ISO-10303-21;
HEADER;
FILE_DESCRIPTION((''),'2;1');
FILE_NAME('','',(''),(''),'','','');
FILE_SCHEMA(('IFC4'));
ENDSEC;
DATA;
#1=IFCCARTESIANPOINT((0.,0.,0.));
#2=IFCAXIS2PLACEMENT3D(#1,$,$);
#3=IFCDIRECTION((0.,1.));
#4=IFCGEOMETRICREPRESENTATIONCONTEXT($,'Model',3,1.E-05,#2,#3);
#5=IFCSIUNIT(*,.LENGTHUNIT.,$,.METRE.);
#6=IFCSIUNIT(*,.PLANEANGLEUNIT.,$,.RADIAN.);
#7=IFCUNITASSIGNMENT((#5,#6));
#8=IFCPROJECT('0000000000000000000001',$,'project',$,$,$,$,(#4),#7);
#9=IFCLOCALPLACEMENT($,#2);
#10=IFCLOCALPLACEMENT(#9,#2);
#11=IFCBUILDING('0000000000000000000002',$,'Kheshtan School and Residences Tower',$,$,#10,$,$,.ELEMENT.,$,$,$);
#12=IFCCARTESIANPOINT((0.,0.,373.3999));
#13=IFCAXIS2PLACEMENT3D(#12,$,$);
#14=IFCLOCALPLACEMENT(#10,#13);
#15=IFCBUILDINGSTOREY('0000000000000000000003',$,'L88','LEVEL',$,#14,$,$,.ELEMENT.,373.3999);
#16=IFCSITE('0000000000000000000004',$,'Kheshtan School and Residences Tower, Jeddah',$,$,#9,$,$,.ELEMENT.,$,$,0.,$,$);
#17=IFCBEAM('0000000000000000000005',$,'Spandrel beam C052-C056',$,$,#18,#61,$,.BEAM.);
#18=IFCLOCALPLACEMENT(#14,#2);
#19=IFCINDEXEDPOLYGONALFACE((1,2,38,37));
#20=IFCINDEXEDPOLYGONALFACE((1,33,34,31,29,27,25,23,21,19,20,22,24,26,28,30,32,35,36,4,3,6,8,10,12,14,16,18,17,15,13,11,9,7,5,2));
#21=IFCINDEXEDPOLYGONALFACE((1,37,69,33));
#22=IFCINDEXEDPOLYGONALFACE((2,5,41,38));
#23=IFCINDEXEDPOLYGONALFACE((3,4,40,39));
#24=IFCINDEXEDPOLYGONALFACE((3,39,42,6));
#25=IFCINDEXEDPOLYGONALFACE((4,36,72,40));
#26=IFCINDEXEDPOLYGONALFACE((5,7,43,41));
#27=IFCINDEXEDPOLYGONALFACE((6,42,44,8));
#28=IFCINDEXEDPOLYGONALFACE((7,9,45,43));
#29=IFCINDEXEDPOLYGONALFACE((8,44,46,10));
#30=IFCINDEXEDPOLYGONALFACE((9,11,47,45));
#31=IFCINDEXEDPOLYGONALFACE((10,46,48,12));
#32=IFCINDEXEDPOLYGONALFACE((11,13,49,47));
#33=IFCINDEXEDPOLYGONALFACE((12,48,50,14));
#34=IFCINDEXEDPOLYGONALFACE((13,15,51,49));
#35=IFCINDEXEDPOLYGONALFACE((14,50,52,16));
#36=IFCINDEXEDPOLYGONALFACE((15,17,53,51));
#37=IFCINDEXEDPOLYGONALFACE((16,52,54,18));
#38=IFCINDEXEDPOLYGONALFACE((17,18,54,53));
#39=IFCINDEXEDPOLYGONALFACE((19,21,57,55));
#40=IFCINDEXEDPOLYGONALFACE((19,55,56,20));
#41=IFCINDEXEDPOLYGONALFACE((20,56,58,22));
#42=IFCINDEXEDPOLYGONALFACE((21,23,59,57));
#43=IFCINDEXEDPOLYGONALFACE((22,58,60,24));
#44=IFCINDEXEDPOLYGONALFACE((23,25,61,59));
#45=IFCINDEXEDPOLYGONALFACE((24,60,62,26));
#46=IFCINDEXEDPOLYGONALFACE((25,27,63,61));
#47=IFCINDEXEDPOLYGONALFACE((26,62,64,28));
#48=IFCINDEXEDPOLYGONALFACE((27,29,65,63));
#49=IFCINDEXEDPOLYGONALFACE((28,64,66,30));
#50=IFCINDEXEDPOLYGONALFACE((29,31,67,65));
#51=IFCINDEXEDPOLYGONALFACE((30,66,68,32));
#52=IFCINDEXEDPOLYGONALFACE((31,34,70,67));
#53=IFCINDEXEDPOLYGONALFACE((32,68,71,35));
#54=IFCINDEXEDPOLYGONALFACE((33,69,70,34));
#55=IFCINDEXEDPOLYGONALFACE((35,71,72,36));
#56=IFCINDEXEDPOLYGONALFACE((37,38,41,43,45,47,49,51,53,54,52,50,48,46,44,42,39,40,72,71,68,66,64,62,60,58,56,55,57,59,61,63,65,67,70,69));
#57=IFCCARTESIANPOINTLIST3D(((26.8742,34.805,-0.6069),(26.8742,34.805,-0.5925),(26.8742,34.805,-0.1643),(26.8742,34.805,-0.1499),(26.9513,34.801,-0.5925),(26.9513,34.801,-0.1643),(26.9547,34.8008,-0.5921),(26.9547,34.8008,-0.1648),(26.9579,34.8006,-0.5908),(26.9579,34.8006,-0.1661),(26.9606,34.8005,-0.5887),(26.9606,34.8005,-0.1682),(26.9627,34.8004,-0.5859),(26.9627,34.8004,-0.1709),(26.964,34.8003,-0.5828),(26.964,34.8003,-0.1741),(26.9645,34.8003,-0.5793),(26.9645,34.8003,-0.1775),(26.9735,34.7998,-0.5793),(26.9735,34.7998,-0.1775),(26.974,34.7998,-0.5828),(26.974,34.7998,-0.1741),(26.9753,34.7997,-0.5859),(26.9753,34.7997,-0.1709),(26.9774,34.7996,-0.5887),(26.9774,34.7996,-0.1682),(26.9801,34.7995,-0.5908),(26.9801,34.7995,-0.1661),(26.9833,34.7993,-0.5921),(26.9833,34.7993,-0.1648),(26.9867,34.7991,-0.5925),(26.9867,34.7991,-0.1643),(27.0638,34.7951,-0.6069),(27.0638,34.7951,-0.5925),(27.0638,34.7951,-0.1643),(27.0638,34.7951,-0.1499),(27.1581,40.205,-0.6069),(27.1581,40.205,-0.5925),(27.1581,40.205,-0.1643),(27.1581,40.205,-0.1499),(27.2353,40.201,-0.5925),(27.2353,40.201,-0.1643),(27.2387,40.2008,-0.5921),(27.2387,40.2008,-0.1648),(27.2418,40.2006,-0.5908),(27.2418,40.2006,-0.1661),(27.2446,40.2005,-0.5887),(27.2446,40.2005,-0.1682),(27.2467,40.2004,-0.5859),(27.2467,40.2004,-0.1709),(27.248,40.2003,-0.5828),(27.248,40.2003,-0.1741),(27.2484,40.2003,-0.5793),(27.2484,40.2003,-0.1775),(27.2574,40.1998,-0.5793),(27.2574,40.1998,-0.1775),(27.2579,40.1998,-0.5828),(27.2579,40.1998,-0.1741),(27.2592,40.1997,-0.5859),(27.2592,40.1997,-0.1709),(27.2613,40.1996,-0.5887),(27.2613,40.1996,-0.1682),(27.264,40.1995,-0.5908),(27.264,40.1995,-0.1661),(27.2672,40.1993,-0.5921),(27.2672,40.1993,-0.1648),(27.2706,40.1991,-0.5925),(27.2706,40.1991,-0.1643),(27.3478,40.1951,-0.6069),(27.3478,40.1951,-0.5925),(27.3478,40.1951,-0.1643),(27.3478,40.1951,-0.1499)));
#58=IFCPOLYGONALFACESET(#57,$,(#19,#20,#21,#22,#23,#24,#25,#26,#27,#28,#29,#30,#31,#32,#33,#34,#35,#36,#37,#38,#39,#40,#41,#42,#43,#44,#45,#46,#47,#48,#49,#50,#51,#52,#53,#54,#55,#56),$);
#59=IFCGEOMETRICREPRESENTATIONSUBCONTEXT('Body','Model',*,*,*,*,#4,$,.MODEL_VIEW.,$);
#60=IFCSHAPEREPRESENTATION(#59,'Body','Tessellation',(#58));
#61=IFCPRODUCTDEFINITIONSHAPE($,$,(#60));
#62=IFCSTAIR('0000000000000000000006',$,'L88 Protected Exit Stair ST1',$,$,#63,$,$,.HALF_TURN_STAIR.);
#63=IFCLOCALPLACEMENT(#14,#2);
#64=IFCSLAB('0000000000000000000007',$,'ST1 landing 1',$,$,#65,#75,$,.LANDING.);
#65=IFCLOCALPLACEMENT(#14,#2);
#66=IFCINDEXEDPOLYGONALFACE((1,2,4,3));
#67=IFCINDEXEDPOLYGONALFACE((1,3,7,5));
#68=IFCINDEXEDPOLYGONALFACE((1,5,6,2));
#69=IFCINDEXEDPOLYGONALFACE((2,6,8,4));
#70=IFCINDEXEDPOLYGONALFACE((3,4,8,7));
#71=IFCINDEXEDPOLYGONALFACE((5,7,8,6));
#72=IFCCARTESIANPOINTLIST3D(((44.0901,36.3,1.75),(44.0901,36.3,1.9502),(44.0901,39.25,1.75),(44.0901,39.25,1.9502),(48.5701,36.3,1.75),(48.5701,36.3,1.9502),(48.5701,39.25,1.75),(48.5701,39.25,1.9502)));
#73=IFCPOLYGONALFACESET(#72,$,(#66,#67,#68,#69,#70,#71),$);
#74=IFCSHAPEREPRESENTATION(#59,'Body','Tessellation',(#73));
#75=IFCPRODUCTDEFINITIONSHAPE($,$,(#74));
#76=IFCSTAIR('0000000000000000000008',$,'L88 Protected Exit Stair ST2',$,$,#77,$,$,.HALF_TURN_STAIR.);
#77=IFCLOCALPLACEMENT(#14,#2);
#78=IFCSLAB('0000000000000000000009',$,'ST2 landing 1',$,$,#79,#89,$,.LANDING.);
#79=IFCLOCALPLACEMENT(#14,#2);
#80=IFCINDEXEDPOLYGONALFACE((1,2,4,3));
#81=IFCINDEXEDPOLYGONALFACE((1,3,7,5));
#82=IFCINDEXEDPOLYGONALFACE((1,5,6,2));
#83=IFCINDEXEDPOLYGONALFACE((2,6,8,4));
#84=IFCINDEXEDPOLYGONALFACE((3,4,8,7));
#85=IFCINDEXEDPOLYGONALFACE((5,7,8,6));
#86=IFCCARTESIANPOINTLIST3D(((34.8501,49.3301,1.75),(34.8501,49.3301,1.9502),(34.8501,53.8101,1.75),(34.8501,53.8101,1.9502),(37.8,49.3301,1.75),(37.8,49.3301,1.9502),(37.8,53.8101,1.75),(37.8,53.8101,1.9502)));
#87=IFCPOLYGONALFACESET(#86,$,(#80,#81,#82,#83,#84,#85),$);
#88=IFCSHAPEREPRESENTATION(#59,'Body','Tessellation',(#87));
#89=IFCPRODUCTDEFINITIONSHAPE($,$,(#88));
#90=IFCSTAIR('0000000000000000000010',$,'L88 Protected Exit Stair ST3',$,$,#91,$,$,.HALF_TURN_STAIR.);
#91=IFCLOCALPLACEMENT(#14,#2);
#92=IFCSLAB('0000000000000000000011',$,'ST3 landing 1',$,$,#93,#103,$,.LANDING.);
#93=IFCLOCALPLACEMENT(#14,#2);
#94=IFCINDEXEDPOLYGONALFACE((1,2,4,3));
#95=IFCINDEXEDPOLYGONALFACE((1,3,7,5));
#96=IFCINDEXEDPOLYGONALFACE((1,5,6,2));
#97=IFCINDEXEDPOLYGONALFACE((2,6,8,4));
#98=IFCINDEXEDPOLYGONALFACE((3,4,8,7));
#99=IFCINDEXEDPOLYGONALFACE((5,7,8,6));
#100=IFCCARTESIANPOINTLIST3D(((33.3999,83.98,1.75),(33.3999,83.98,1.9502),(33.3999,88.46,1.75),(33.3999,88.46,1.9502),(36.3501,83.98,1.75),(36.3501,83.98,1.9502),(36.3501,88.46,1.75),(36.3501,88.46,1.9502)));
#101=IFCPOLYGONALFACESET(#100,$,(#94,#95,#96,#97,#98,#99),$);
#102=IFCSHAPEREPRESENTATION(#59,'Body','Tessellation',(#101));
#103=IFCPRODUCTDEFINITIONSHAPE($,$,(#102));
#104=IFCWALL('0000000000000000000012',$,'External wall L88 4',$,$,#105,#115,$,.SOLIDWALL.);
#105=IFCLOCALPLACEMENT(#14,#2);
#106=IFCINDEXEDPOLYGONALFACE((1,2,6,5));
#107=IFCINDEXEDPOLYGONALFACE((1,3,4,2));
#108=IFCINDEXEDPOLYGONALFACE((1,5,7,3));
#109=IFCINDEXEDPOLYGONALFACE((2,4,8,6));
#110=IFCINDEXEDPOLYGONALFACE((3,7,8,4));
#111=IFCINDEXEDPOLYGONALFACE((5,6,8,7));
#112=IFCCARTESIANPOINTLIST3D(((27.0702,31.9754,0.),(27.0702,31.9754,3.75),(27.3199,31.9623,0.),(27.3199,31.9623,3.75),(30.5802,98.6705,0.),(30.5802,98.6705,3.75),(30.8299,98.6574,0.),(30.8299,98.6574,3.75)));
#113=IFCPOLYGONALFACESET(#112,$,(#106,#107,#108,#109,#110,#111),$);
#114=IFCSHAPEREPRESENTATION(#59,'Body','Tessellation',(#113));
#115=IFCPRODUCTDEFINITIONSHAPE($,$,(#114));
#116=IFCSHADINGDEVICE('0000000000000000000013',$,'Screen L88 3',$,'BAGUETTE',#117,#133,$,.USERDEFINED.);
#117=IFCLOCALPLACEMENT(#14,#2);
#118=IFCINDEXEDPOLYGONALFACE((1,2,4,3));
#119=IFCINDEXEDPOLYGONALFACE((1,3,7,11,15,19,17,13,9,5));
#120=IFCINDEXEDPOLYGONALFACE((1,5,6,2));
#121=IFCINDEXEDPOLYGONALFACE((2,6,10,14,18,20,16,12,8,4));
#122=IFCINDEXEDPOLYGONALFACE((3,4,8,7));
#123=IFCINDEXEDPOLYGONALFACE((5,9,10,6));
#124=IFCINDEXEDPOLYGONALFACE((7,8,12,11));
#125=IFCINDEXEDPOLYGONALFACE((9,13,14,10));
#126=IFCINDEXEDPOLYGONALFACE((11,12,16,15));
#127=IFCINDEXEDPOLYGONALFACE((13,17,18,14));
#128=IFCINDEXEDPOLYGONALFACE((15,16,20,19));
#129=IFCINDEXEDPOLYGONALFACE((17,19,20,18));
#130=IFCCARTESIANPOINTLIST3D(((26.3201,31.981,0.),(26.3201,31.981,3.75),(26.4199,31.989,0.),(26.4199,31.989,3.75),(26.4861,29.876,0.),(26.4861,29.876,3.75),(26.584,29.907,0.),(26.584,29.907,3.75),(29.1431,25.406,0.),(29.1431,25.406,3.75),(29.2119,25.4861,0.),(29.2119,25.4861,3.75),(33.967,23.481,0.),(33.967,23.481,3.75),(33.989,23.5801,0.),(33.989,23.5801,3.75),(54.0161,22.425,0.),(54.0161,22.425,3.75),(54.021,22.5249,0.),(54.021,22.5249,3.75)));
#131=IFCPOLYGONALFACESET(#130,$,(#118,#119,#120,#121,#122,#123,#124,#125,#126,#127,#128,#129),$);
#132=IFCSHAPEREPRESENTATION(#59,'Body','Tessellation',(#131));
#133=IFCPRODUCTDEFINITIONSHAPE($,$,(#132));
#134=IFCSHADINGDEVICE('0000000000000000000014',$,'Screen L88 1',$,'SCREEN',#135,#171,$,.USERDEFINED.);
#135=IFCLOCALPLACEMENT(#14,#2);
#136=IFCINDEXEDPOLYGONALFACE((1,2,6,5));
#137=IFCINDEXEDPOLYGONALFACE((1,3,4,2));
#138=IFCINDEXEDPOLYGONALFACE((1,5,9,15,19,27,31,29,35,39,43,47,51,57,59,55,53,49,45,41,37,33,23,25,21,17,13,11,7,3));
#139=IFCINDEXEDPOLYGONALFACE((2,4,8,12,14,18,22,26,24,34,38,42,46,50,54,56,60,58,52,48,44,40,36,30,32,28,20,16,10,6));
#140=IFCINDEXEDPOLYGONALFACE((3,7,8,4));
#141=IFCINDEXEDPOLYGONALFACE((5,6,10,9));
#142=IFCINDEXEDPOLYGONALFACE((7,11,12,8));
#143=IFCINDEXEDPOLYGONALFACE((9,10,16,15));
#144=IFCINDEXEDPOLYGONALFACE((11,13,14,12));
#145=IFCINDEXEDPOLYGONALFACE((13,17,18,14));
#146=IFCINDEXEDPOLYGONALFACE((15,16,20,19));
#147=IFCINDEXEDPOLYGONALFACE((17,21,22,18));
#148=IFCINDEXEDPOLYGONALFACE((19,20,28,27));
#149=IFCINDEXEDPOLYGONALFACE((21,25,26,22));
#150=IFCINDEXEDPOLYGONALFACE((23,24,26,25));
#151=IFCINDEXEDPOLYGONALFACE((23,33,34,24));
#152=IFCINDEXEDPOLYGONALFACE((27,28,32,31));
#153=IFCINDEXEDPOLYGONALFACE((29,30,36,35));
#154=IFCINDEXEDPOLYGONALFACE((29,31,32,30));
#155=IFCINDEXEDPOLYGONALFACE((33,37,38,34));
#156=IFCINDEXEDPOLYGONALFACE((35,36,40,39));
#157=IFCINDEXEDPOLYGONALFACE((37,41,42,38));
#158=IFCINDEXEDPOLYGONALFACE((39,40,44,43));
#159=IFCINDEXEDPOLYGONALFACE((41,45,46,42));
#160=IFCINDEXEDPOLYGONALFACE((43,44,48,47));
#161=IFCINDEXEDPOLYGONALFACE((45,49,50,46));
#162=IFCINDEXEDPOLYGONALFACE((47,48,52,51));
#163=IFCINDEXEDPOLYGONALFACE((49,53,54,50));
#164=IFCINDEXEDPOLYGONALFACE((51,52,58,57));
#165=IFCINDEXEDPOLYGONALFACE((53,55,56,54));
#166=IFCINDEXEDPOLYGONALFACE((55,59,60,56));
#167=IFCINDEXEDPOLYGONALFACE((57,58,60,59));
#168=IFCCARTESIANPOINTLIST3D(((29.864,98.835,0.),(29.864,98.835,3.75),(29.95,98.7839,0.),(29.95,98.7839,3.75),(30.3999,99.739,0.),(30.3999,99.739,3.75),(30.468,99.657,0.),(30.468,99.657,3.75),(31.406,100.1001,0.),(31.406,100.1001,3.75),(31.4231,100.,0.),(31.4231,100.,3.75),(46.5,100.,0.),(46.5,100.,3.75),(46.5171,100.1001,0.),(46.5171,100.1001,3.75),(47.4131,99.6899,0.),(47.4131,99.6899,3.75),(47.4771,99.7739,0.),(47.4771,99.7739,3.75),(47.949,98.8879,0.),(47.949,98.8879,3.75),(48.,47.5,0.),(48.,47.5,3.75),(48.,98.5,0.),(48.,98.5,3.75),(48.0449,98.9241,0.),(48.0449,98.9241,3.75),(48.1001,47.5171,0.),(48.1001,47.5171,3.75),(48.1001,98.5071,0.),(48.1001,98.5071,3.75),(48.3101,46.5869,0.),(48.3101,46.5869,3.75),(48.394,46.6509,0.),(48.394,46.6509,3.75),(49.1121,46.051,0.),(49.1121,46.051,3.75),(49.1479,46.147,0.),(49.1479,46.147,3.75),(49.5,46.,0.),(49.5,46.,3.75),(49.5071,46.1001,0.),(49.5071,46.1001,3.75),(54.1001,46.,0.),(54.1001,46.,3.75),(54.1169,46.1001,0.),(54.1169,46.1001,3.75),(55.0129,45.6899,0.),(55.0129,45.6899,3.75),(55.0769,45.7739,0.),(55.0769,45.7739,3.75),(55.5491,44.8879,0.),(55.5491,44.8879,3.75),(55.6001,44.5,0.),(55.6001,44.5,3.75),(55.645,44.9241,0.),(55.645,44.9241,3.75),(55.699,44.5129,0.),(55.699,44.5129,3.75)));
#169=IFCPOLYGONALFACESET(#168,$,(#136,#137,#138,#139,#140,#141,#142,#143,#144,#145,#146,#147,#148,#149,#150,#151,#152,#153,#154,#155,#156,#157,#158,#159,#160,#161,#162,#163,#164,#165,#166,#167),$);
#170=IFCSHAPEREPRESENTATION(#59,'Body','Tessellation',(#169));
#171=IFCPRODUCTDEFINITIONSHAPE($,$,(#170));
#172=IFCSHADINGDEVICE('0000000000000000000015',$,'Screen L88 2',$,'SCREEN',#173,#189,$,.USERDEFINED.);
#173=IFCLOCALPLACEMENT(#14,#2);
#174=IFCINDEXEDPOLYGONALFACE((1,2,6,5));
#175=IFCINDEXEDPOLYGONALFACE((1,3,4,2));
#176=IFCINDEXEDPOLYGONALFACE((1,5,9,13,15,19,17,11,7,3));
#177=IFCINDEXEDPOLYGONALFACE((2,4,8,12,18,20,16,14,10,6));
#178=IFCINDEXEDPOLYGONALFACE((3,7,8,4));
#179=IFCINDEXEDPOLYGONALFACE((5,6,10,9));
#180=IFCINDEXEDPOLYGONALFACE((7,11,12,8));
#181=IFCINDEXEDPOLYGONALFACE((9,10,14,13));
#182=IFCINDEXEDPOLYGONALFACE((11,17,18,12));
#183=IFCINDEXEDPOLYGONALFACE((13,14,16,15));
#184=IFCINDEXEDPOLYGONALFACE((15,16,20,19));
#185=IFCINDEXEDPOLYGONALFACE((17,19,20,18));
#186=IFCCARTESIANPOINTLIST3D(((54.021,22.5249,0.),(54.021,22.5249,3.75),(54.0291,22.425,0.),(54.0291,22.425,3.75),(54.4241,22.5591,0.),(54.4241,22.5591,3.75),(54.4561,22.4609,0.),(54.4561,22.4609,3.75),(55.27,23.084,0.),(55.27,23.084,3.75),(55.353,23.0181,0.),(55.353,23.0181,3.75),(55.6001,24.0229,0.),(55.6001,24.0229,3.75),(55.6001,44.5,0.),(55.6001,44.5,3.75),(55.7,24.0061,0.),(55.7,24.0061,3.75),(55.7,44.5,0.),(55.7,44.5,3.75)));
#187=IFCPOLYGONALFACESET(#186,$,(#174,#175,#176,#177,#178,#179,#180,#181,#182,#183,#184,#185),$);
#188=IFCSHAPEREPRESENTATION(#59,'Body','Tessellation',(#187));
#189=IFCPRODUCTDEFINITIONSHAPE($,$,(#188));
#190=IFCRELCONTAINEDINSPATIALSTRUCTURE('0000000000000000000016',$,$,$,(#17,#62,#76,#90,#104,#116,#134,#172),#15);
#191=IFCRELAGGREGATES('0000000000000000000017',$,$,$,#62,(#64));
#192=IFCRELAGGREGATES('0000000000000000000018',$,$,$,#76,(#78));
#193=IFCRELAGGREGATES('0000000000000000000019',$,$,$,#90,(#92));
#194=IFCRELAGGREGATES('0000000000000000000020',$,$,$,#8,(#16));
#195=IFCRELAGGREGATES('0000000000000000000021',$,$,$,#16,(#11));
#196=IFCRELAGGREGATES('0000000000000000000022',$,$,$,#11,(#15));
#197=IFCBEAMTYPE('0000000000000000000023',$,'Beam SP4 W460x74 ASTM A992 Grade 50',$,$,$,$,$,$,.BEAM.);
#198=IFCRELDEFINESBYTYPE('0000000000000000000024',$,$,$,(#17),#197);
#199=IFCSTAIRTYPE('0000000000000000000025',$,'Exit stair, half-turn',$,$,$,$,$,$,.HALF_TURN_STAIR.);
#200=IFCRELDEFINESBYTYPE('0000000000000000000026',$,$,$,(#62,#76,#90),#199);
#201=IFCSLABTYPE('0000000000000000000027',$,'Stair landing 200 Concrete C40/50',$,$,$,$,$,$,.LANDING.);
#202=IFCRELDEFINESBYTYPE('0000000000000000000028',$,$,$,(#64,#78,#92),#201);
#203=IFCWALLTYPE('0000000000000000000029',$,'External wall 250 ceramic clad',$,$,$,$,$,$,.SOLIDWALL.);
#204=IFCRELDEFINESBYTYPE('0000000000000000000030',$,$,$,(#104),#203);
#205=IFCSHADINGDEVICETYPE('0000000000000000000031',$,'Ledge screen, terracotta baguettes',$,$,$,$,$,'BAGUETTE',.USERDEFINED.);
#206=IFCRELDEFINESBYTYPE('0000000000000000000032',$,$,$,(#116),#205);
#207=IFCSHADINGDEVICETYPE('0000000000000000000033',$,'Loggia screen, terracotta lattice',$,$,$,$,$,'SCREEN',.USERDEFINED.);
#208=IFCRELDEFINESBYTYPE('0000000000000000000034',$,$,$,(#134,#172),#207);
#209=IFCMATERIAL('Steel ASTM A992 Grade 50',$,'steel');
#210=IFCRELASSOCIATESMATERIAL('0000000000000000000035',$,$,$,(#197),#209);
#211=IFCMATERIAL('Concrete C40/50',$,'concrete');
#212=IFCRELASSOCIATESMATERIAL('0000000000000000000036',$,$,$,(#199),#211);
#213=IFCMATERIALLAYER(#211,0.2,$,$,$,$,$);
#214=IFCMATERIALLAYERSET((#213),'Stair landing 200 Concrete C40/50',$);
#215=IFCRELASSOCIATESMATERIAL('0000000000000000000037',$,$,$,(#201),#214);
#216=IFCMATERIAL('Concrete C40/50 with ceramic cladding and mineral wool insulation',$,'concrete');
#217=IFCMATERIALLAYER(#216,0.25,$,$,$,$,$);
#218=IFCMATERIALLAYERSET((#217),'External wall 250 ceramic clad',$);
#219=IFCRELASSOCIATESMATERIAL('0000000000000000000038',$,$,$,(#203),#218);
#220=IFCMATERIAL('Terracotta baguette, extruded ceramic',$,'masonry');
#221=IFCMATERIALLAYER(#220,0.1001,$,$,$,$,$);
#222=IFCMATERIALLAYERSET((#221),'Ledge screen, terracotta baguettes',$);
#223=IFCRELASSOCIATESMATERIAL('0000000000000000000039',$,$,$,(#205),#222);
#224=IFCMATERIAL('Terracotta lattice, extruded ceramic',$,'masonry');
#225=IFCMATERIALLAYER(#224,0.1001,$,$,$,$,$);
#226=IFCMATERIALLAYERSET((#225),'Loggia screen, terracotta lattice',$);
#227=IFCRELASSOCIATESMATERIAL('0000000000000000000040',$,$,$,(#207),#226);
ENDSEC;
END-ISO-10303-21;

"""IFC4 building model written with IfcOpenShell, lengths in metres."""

from ifc_helpers import new_model, si_unit, direction, frame, frame_2d, origin, origin_2d, place, context, subcontext, project, spatial, polyline, rectangle, i_section, outline, extrude, material, layer, layer_set, material_profile, profile_set, type_object, element, aggregate, save


model = new_model("IFC4")

# Units and contexts
model_context = context("Model", 3, precision=1e-05, world=origin(), true_north=direction((0.0, 1.0)))
body_context = subcontext(model_context, "Body", "Model", "MODEL_VIEW")
ifc_project = project(units=[si_unit("LENGTHUNIT", "METRE"), si_unit("PLANEANGLEUNIT", "RADIAN")], contexts=[model_context])

# Site, building, storey
site_placement = place(None, origin())
site = spatial("IfcSite", under=ifc_project, at=site_placement, Name="Kheshtan School and Residences Tower, Jeddah", CompositionType="ELEMENT", RefElevation=0.0)
building_placement = place(site_placement, origin())
building = spatial("IfcBuilding", under=site, at=building_placement, Name="Kheshtan School and Residences Tower", CompositionType="ELEMENT")
storey_placement = place(building_placement, frame((0.0, 0.0, 373.3999)))
storey = spatial("IfcBuildingStorey", under=building, at=storey_placement, Name="L88", Description="LEVEL", CompositionType="ELEMENT", Elevation=373.3999)

# Shared definitions
ifc_material_1 = material(Name="Steel ASTM A992 Grade 50", Category="steel")

# Beam
ifc_material_profile_1 = material_profile(ifc_material_1, i_section(OverallWidth=0.1899, OverallDepth=0.457, WebThickness=0.009, FlangeThickness=0.0144, FilletRadius=0.0132, at=origin_2d()), Name="W460x74")
ifc_profile_set_1 = profile_set([ifc_material_profile_1], Name="Steel ASTM A992 Grade 50")
beam_type_1 = type_object("IfcBeamType", Name="Beam SP4 W460x74 ASTM A992 Grade 50", PredefinedType="BEAM", material=ifc_profile_set_1)
beam_1_placement = place(storey_placement, frame((26.969, 34.8, -0.3784), z_axis=(0.052509, 0.99862, 0.0), x_axis=(-0.99862, 0.052509, 0.0)))
element("IfcBeam", 1, at=beam_1_placement, inside=storey, type_object=beam_type_1, Name="Spandrel beam C052-C056", PredefinedType="BEAM", context=body_context, shape_type="SweptSolid", body=[
    extrude(i_section(OverallWidth=0.1899, OverallDepth=0.457, WebThickness=0.009, FlangeThickness=0.0144, FilletRadius=0.0132, at=origin_2d()), origin(), (0.0, 0.0, 1.0), 5.4075),
])

# Shared definitions
ifc_material_2 = material(Name="Concrete C40/50", Category="concrete")

# Stairs, slabs
stair_type = type_object("IfcStairType", Name="Exit stair, half-turn", PredefinedType="HALF_TURN_STAIR", material=ifc_material_2)
stair_1_placement = place(storey_placement, origin())
stair_1 = element("IfcStair", 2, at=stair_1_placement, inside=storey, type_object=stair_type, Name="L88 Protected Exit Stair ST1", PredefinedType="HALF_TURN_STAIR")
ifc_layer_1 = layer(ifc_material_2, 0.2)
ifc_layer_set_1 = layer_set([ifc_layer_1], Name="Stair landing 200 Concrete C40/50")
slab_type_1 = type_object("IfcSlabType", Name="Stair landing 200 Concrete C40/50", PredefinedType="LANDING", material=ifc_layer_set_1)
slab_1_placement = place(storey_placement, frame((0.0, 0.0, 1.75)))
slab_1 = element("IfcSlab", 3, at=slab_1_placement, type_object=slab_type_1, Name="ST1 landing 1", PredefinedType="LANDING", context=body_context, shape_type="SweptSolid", body=[
    extrude(outline(polyline([(48.5701, 39.25), (44.0901, 39.25), (44.0901, 36.3), (48.5701, 36.3), (48.5701, 39.25)])), origin(), (0.0, 0.0, 1.0), 0.2002),
])
aggregate(stair_1, [slab_1])
stair_2_placement = place(storey_placement, origin())
stair_2 = element("IfcStair", 4, at=stair_2_placement, inside=storey, type_object=stair_type, Name="L88 Protected Exit Stair ST2", PredefinedType="HALF_TURN_STAIR")
slab_2_placement = place(storey_placement, frame((0.0, 0.0, 1.75)))
slab_2 = element("IfcSlab", 5, at=slab_2_placement, type_object=slab_type_1, Name="ST2 landing 1", PredefinedType="LANDING", context=body_context, shape_type="SweptSolid", body=[
    extrude(outline(polyline([(37.8, 49.3301), (37.8, 53.8101), (34.8501, 53.8101), (34.8501, 49.3301), (37.8, 49.3301)])), origin(), (0.0, 0.0, 1.0), 0.2002),
])
aggregate(stair_2, [slab_2])
stair_3_placement = place(storey_placement, origin())
stair_3 = element("IfcStair", 6, at=stair_3_placement, inside=storey, type_object=stair_type, Name="L88 Protected Exit Stair ST3", PredefinedType="HALF_TURN_STAIR")
slab_3_placement = place(storey_placement, frame((0.0, 0.0, 1.75)))
slab_3 = element("IfcSlab", 7, at=slab_3_placement, type_object=slab_type_1, Name="ST3 landing 1", PredefinedType="LANDING", context=body_context, shape_type="SweptSolid", body=[
    extrude(outline(polyline([(36.3501, 83.98), (36.3501, 88.46), (33.3999, 88.46), (33.3999, 83.98), (36.3501, 83.98)])), origin(), (0.0, 0.0, 1.0), 0.2002),
])
aggregate(stair_3, [slab_3])

# Wall
ifc_material_3 = material(Name="Concrete C40/50 with ceramic cladding and mineral wool insulation", Category="concrete")
ifc_layer_2 = layer(ifc_material_3, 0.25)
ifc_layer_set_2 = layer_set([ifc_layer_2], Name="External wall 250 ceramic clad")
wall_type = type_object("IfcWallType", Name="External wall 250 ceramic clad", PredefinedType="SOLIDWALL", material=ifc_layer_set_2)
wall_placement = place(storey_placement, frame((27.1951, 31.969, 0.0), z_axis=(0.0, 0.0, 1.0), x_axis=(0.052555, 0.998618, 0.0)))
element("IfcWall", 8, at=wall_placement, inside=storey, type_object=wall_type, Name="External wall L88 4", PredefinedType="SOLIDWALL", context=body_context, shape_type="SweptSolid", body=[
    extrude(rectangle(XDim=66.7874, YDim=0.25, at=frame_2d((33.3936, 0.0))), origin(), (0.0, 0.0, 1.0), 3.75),
])

# Shading devices
ifc_material_4 = material(Name="Terracotta baguette, extruded ceramic", Category="masonry")
ifc_layer_3 = layer(ifc_material_4, 0.1001)
ifc_layer_set_3 = layer_set([ifc_layer_3], Name="Ledge screen, terracotta baguettes")
shading_device_type_1 = type_object("IfcShadingDeviceType", Name="Ledge screen, terracotta baguettes", ElementType="BAGUETTE", PredefinedType="USERDEFINED", material=ifc_layer_set_3)
shading_device_1_placement = place(storey_placement, origin())
element("IfcShadingDevice", 9, at=shading_device_1_placement, inside=storey, type_object=shading_device_type_1, Name="Screen L88 3", ObjectType="BAGUETTE", PredefinedType="USERDEFINED", context=body_context, shape_type="SweptSolid", body=[
    extrude(outline(polyline([(54.021, 22.5249), (33.989, 23.5801), (29.2119, 25.4861), (26.584, 29.907), (26.4199, 31.989), (26.3201, 31.981), (26.4861, 29.876), (29.1431, 25.406), (33.967, 23.481), (54.0161, 22.425), (54.021, 22.5249)])), origin(), (0.0, 0.0, 1.0), 3.75),
])
ifc_material_5 = material(Name="Terracotta lattice, extruded ceramic", Category="masonry")
ifc_layer_4 = layer(ifc_material_5, 0.1001)
ifc_layer_set_4 = layer_set([ifc_layer_4], Name="Loggia screen, terracotta lattice")
shading_device_type_2 = type_object("IfcShadingDeviceType", Name="Loggia screen, terracotta lattice", ElementType="SCREEN", PredefinedType="USERDEFINED", material=ifc_layer_set_4)
shading_device_2_placement = place(storey_placement, origin())
element("IfcShadingDevice", 10, at=shading_device_2_placement, inside=storey, type_object=shading_device_type_2, Name="Screen L88 1", ObjectType="SCREEN", PredefinedType="USERDEFINED", context=body_context, shape_type="SweptSolid", body=[
    extrude(outline(polyline([(29.95, 98.7839), (30.468, 99.657), (31.4231, 100.0), (46.5, 100.0), (47.4131, 99.6899), (47.949, 98.8879), (48.0, 98.5), (48.0, 47.5), (48.3101, 46.5869), (49.1121, 46.051), (49.5, 46.0), (54.1001, 46.0), (55.0129, 45.6899), (55.5491, 44.8879), (55.6001, 44.5), (55.699, 44.5129), (55.645, 44.9241), (55.0769, 45.7739), (54.1169, 46.1001), (49.5071, 46.1001), (49.1479, 46.147), (48.394, 46.6509), (48.1001, 47.5171), (48.1001, 98.5071), (48.0449, 98.9241), (47.4771, 99.7739), (46.5171, 100.1001), (31.406, 100.1001), (30.3999, 99.739), (29.864, 98.835), (29.95, 98.7839)])), origin(), (0.0, 0.0, 1.0), 3.75),
])
shading_device_3_placement = place(storey_placement, origin())
element("IfcShadingDevice", 11, at=shading_device_3_placement, inside=storey, type_object=shading_device_type_2, Name="Screen L88 2", ObjectType="SCREEN", PredefinedType="USERDEFINED", context=body_context, shape_type="SweptSolid", body=[
    extrude(outline(polyline([(55.6001, 44.5), (55.6001, 24.0229), (55.27, 23.084), (54.4241, 22.5591), (54.021, 22.5249), (54.0291, 22.425), (54.4561, 22.4609), (55.353, 23.0181), (55.7, 24.0061), (55.7, 44.5), (55.6001, 44.5)])), origin(), (0.0, 0.0, 1.0), 3.75),
])

save(model, "model.ifc")
